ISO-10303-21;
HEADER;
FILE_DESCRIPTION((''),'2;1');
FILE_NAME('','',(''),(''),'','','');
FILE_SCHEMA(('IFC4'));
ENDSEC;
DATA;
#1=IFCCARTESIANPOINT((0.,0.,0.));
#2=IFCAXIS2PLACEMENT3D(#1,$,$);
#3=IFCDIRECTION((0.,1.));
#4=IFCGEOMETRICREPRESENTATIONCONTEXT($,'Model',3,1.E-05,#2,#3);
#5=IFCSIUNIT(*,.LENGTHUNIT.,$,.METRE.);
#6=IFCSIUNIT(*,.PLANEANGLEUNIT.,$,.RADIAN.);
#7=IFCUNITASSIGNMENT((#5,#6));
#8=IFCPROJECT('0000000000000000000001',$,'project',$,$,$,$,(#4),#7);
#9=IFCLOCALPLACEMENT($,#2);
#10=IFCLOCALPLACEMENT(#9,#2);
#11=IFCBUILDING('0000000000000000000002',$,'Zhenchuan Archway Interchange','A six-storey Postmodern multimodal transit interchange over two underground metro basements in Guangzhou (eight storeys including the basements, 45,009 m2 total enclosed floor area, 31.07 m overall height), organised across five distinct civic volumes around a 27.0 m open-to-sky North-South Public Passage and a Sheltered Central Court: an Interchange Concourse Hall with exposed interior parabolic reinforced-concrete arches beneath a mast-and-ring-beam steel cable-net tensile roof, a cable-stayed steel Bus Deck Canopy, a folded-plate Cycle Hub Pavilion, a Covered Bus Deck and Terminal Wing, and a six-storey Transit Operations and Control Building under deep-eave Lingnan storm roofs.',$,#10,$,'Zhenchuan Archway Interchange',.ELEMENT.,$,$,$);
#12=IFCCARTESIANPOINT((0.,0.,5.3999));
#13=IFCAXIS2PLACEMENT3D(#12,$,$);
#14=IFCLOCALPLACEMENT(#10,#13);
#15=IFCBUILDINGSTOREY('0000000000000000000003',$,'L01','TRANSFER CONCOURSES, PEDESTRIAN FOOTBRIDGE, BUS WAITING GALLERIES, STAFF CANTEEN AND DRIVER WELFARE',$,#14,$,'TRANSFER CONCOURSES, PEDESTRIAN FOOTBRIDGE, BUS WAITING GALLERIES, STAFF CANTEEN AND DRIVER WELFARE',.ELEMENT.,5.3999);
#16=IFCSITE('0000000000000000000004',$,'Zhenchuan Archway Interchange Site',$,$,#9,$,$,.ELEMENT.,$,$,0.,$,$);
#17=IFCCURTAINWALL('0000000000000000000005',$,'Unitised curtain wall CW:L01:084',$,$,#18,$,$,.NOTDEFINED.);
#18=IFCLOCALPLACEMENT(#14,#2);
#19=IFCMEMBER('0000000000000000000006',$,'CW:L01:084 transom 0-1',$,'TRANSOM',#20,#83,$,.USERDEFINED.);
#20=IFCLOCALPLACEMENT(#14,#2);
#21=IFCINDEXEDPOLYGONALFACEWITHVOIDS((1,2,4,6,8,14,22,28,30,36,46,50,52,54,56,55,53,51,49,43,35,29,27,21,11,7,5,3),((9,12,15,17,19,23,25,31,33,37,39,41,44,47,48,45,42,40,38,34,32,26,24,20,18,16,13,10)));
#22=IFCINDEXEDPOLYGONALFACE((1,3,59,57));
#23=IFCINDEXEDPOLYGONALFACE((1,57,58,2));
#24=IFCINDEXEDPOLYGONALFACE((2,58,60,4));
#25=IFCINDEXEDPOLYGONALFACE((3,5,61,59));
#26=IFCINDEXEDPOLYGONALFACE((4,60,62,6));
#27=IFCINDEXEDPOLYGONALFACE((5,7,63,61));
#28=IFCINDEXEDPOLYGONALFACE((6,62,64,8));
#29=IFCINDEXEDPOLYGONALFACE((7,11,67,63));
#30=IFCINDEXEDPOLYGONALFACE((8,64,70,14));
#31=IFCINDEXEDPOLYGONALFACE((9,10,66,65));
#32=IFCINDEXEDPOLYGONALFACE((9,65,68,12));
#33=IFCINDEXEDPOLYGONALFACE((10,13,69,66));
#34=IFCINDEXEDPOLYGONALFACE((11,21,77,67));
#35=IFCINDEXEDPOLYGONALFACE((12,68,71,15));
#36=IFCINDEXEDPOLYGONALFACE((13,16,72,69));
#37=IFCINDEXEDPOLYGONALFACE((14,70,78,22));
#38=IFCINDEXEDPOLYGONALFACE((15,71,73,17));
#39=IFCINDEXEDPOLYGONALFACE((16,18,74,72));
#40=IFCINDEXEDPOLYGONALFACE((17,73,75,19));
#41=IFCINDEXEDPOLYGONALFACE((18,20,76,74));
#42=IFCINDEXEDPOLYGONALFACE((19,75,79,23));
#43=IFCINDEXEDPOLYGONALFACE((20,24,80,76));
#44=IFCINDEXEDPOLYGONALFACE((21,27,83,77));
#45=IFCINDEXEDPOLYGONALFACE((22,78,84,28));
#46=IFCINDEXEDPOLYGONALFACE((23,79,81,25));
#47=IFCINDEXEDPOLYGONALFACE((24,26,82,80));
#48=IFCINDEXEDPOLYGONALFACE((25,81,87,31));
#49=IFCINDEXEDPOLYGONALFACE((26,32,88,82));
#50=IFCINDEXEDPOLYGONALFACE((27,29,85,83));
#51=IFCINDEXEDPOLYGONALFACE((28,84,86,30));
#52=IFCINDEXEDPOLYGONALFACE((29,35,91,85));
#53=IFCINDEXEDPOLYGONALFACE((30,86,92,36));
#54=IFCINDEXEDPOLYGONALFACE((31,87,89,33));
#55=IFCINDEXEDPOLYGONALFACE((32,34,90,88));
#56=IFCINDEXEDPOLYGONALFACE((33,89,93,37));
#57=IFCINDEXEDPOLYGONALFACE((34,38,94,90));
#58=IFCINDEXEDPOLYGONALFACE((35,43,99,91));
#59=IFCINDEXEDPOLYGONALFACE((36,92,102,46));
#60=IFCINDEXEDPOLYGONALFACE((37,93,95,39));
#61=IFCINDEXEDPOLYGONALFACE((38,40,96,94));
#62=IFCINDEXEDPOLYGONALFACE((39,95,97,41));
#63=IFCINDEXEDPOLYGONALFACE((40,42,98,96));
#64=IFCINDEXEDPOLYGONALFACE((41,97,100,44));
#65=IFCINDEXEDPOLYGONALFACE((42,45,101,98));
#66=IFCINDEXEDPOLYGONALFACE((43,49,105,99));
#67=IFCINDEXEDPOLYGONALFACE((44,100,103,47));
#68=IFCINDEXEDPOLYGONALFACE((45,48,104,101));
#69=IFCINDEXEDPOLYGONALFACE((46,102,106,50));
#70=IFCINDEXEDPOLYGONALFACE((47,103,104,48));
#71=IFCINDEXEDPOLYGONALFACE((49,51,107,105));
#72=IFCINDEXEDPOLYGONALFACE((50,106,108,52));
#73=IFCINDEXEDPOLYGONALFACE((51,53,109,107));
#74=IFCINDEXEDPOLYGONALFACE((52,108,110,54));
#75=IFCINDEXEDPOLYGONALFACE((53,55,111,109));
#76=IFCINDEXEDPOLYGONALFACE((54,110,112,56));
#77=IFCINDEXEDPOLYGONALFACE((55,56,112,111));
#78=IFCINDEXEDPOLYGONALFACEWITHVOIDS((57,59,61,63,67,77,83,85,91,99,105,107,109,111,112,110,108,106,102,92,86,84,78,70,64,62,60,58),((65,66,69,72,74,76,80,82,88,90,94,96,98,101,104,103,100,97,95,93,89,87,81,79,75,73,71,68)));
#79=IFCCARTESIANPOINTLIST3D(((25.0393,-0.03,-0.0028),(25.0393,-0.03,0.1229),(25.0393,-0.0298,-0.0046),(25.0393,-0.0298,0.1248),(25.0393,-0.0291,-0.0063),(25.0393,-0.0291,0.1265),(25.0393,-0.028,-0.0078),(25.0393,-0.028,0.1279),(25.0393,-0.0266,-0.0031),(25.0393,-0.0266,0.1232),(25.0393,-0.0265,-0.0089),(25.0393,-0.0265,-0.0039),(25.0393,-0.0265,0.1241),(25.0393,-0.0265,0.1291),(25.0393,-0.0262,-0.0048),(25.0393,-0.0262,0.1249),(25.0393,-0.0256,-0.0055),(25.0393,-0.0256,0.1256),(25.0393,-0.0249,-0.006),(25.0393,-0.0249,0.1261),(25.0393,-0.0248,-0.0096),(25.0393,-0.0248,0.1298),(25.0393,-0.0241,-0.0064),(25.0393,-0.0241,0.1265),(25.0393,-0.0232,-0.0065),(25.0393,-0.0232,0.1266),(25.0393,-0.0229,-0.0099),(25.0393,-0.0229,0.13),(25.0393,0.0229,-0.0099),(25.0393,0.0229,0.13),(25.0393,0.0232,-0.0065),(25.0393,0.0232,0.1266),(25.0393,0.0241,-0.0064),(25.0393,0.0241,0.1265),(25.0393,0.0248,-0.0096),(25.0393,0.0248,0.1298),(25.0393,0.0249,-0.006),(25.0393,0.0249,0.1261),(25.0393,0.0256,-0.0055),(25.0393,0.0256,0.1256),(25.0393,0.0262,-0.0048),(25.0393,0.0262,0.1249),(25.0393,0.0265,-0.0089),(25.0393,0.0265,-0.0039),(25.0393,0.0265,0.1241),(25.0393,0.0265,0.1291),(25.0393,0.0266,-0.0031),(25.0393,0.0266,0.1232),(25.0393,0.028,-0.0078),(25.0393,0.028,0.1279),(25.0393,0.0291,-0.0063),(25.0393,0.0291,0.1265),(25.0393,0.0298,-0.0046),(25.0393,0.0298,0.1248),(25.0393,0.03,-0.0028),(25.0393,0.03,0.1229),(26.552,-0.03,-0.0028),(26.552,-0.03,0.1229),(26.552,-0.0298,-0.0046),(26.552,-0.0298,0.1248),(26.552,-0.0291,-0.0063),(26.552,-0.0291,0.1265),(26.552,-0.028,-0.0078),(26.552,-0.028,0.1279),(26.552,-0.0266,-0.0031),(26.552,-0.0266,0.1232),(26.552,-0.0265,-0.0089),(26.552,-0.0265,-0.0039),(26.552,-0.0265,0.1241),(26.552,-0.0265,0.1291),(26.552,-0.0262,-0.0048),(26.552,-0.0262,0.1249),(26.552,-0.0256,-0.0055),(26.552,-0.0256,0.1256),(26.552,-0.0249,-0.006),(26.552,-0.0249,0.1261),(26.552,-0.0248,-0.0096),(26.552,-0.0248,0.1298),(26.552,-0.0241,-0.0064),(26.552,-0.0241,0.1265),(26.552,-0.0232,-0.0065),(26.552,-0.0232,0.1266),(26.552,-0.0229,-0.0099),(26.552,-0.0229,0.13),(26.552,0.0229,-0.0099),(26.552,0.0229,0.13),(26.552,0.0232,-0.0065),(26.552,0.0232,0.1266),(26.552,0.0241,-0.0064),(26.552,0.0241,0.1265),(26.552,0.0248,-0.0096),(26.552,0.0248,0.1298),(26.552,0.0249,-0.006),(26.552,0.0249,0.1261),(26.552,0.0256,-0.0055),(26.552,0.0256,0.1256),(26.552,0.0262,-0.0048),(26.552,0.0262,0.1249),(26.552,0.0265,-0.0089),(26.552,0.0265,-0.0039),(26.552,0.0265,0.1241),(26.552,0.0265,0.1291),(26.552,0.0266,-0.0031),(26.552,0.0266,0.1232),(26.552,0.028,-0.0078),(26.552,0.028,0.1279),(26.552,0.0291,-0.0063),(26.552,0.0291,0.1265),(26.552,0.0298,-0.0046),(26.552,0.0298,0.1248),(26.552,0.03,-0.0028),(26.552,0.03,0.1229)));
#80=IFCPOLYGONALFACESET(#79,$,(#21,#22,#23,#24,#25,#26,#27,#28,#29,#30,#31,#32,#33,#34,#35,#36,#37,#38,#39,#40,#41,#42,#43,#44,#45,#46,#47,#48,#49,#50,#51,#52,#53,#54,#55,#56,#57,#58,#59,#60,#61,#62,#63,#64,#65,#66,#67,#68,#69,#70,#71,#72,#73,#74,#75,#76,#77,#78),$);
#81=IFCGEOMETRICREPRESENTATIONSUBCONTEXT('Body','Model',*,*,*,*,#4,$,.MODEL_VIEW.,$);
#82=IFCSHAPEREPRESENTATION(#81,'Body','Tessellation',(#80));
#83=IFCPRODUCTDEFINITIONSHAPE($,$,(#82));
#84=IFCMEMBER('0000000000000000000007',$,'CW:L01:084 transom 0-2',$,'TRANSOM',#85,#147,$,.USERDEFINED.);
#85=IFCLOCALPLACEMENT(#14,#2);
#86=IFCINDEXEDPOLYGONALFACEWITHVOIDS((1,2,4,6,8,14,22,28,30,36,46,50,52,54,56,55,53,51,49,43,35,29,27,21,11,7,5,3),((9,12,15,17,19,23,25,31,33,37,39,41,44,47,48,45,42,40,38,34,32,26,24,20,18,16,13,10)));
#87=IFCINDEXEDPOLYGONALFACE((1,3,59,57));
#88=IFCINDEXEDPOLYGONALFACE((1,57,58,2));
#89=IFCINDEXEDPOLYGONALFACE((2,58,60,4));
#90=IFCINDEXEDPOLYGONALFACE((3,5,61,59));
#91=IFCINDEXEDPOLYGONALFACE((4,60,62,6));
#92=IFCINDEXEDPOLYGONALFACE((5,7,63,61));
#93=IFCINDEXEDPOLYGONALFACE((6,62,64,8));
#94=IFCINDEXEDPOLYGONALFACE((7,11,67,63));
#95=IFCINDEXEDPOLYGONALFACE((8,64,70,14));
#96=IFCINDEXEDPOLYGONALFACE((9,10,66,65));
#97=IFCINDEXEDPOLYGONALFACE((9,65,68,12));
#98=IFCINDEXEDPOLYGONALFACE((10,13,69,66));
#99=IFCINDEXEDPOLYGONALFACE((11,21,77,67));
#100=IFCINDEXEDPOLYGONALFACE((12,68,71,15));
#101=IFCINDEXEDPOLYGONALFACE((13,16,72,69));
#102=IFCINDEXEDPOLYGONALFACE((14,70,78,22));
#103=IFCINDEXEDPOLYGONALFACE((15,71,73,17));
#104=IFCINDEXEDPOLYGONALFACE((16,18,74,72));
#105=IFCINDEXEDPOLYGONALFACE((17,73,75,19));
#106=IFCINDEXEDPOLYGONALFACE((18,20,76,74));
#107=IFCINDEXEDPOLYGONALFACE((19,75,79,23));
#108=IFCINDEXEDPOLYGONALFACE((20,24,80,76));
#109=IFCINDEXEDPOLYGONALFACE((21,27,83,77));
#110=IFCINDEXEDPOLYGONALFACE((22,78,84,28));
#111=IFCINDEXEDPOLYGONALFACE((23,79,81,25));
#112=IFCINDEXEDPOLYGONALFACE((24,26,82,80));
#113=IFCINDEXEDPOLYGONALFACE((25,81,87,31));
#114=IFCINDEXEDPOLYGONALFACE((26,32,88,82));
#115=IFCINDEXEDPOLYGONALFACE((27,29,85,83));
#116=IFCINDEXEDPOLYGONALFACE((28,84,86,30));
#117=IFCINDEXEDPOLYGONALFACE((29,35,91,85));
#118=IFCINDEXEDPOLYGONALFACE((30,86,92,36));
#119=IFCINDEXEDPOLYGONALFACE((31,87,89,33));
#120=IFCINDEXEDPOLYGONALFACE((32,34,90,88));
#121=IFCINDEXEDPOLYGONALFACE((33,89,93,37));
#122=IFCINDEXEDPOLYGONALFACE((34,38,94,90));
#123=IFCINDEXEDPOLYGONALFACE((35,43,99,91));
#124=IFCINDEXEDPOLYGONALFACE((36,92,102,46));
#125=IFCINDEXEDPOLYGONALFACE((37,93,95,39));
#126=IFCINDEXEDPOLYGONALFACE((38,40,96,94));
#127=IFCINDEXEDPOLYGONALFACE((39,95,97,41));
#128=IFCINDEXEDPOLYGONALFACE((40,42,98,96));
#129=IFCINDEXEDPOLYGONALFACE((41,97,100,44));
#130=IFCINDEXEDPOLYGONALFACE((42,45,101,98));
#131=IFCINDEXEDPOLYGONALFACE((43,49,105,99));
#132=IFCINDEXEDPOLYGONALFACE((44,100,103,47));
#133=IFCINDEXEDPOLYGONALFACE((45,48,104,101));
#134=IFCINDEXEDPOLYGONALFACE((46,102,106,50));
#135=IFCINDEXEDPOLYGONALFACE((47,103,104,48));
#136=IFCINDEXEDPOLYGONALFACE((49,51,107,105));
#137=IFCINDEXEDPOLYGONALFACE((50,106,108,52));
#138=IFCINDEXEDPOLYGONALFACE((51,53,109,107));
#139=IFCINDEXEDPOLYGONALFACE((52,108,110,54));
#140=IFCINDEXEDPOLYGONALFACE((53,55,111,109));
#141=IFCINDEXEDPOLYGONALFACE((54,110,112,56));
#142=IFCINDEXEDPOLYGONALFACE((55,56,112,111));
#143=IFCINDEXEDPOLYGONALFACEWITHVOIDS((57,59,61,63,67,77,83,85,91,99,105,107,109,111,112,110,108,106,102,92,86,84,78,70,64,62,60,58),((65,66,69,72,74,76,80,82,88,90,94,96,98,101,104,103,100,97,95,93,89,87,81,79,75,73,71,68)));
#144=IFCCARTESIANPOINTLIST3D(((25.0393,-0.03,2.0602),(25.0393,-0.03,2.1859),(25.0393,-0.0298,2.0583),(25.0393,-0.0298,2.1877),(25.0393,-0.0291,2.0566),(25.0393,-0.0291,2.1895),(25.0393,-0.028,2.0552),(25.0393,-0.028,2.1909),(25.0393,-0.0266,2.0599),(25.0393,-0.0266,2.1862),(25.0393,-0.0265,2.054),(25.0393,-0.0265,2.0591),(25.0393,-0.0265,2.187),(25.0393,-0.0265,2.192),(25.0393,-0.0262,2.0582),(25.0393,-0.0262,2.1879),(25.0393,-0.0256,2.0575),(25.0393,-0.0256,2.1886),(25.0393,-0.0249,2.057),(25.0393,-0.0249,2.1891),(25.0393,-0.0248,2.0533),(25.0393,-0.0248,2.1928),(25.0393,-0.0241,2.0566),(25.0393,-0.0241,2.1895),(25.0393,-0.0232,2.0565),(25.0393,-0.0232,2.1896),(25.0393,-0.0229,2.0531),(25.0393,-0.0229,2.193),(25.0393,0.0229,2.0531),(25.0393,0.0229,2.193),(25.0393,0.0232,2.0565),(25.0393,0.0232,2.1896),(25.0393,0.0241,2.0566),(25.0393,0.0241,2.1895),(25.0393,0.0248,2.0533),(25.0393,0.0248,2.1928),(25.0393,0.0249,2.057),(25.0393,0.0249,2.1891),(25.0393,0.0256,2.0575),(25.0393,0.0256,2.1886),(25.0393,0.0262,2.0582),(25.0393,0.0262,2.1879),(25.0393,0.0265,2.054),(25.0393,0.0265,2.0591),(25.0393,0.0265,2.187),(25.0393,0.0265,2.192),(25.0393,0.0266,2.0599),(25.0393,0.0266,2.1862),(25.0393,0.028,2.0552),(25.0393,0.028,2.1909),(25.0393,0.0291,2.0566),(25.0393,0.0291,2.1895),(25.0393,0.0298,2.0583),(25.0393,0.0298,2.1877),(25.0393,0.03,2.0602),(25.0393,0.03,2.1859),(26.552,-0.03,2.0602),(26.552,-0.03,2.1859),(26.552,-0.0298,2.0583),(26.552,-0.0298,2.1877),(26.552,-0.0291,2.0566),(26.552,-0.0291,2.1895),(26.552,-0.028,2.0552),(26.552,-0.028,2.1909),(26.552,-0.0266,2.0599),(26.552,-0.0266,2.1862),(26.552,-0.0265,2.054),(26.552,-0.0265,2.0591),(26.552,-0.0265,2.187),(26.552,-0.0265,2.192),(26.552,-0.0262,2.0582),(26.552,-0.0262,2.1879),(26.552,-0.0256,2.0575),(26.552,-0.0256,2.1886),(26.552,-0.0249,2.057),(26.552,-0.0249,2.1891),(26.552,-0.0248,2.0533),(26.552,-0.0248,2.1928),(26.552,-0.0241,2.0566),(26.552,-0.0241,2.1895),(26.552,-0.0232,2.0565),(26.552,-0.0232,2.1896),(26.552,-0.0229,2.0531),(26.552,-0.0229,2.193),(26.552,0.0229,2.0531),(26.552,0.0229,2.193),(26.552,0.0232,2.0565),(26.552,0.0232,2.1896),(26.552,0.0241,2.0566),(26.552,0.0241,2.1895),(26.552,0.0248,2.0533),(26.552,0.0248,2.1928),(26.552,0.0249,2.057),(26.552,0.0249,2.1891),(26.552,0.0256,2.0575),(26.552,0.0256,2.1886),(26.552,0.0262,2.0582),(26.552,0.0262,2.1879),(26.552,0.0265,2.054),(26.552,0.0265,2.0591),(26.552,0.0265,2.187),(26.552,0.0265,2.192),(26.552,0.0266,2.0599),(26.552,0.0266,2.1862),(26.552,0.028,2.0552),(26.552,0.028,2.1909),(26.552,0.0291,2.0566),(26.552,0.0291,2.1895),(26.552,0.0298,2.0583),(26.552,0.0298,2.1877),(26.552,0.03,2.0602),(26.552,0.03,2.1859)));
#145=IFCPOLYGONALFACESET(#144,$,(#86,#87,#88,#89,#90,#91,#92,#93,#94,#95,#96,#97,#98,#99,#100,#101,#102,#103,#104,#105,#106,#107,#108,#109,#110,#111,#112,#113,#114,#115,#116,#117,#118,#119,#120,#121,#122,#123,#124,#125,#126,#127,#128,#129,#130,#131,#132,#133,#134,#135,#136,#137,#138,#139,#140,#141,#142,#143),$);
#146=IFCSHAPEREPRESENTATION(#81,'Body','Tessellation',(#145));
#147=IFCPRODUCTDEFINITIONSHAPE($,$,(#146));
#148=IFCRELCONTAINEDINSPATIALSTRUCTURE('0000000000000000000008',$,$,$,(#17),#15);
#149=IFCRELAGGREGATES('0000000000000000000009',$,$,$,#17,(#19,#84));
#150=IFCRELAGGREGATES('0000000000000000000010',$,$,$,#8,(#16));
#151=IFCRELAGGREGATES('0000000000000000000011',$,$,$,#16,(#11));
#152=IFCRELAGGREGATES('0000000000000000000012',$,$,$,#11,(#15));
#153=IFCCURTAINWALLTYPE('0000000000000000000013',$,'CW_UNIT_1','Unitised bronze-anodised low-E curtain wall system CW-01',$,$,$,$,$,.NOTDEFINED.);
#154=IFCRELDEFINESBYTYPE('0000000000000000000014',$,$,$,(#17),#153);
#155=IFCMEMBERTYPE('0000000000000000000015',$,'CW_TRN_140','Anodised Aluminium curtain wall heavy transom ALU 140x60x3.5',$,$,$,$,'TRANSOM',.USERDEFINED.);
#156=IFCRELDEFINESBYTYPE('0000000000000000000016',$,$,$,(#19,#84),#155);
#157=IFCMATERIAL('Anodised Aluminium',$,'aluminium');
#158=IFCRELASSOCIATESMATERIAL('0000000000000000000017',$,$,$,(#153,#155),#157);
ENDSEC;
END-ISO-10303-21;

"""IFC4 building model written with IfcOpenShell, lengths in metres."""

from ifc_helpers import new_model, si_unit, direction, frame, origin, origin_2d, place, context, subcontext, project, spatial, hollow_rectangle, extrude, material, material_profile, profile_set, type_object, element, aggregate, save


model = new_model("IFC4")

# Units and contexts
model_context = context("Model", 3, precision=1e-05, world=origin(), true_north=direction((0.0, 1.0)))
body_context = subcontext(model_context, "Body", "Model", "MODEL_VIEW")
ifc_project = project(units=[si_unit("LENGTHUNIT", "METRE"), si_unit("PLANEANGLEUNIT", "RADIAN")], contexts=[model_context])

# Site, building, storey
site_placement = place(None, origin())
site = spatial("IfcSite", under=ifc_project, at=site_placement, Name="Zhenchuan Archway Interchange Site", CompositionType="ELEMENT", RefElevation=0.0)
building_placement = place(site_placement, origin())
building = spatial("IfcBuilding", under=site, at=building_placement, Name="Zhenchuan Archway Interchange", Description="A six-storey Postmodern multimodal transit interchange over two underground metro basements in Guangzhou (eight storeys including the basements, 45,009 m2 total enclosed floor area, 31.07 m overall height), organised across five distinct civic volumes around a 27.0 m open-to-sky North-South Public Passage and a Sheltered Central Court: an Interchange Concourse Hall with exposed interior parabolic reinforced-concrete arches beneath a mast-and-ring-beam steel cable-net tensile roof, a cable-stayed steel Bus Deck Canopy, a folded-plate Cycle Hub Pavilion, a Covered Bus Deck and Terminal Wing, and a six-storey Transit Operations and Control Building under deep-eave Lingnan storm roofs.", LongName="Zhenchuan Archway Interchange", CompositionType="ELEMENT")
storey_placement = place(building_placement, frame((0.0, 0.0, 5.3999)))
storey = spatial("IfcBuildingStorey", under=building, at=storey_placement, Name="L01", Description="TRANSFER CONCOURSES, PEDESTRIAN FOOTBRIDGE, BUS WAITING GALLERIES, STAFF CANTEEN AND DRIVER WELFARE", LongName="TRANSFER CONCOURSES, PEDESTRIAN FOOTBRIDGE, BUS WAITING GALLERIES, STAFF CANTEEN AND DRIVER WELFARE", CompositionType="ELEMENT", Elevation=5.3999)

# Curtain wall, members
ifc_material_1 = material(Name="Anodised Aluminium", Category="aluminium")
curtain_wall_type = type_object("IfcCurtainWallType", Name="CW_UNIT_1", Description="Unitised bronze-anodised low-E curtain wall system CW-01", PredefinedType="NOTDEFINED", material=ifc_material_1)
curtain_wall_placement = place(storey_placement, origin())
curtain_wall = element("IfcCurtainWall", 1, at=curtain_wall_placement, inside=storey, type_object=curtain_wall_type, Name="Unitised curtain wall CW:L01:084", PredefinedType="NOTDEFINED")
ifc_material_profile_1 = material_profile(ifc_material_1, hollow_rectangle(XDim=0.0601, YDim=0.1399, WallThickness=0.0034, InnerFilletRadius=0.0034, OuterFilletRadius=0.0071, at=origin_2d()), Name="ALU 140x60x3.5")
ifc_profile_set_1 = profile_set([ifc_material_profile_1], Name="Anodised Aluminium")
member_type_1 = type_object("IfcMemberType", Name="CW_TRN_140", Description="Anodised Aluminium curtain wall heavy transom ALU 140x60x3.5", ElementType="TRANSOM", PredefinedType="USERDEFINED", material=ifc_profile_set_1)
member_1_placement = place(storey_placement, frame((26.552, 0.0, 0.0601), z_axis=(-1.0, 0.0, 0.0), x_axis=(0.0, -1.0, 0.0)))
member_1 = element("IfcMember", 2, at=member_1_placement, type_object=member_type_1, Name="CW:L01:084 transom 0-1", ObjectType="TRANSOM", PredefinedType="USERDEFINED", context=body_context, shape_type="SweptSolid", body=[
    extrude(hollow_rectangle(XDim=0.0601, YDim=0.1399, WallThickness=0.0034, InnerFilletRadius=0.0034, OuterFilletRadius=0.0071, at=origin_2d()), origin(), (0.0, 0.0, 1.0), 1.5127),
])
member_2_placement = place(storey_placement, frame((26.552, 0.0, 2.123), z_axis=(-1.0, 0.0, 0.0), x_axis=(0.0, -1.0, 0.0)))
member_2 = element("IfcMember", 3, at=member_2_placement, type_object=member_type_1, Name="CW:L01:084 transom 0-2", ObjectType="TRANSOM", PredefinedType="USERDEFINED", context=body_context, shape_type="SweptSolid", body=[
    extrude(hollow_rectangle(XDim=0.0601, YDim=0.1399, WallThickness=0.0034, InnerFilletRadius=0.0034, OuterFilletRadius=0.0071, at=origin_2d()), origin(), (0.0, 0.0, 1.0), 1.5127),
])

aggregate(curtain_wall, [member_1, member_2])

save(model, "model.ifc")
